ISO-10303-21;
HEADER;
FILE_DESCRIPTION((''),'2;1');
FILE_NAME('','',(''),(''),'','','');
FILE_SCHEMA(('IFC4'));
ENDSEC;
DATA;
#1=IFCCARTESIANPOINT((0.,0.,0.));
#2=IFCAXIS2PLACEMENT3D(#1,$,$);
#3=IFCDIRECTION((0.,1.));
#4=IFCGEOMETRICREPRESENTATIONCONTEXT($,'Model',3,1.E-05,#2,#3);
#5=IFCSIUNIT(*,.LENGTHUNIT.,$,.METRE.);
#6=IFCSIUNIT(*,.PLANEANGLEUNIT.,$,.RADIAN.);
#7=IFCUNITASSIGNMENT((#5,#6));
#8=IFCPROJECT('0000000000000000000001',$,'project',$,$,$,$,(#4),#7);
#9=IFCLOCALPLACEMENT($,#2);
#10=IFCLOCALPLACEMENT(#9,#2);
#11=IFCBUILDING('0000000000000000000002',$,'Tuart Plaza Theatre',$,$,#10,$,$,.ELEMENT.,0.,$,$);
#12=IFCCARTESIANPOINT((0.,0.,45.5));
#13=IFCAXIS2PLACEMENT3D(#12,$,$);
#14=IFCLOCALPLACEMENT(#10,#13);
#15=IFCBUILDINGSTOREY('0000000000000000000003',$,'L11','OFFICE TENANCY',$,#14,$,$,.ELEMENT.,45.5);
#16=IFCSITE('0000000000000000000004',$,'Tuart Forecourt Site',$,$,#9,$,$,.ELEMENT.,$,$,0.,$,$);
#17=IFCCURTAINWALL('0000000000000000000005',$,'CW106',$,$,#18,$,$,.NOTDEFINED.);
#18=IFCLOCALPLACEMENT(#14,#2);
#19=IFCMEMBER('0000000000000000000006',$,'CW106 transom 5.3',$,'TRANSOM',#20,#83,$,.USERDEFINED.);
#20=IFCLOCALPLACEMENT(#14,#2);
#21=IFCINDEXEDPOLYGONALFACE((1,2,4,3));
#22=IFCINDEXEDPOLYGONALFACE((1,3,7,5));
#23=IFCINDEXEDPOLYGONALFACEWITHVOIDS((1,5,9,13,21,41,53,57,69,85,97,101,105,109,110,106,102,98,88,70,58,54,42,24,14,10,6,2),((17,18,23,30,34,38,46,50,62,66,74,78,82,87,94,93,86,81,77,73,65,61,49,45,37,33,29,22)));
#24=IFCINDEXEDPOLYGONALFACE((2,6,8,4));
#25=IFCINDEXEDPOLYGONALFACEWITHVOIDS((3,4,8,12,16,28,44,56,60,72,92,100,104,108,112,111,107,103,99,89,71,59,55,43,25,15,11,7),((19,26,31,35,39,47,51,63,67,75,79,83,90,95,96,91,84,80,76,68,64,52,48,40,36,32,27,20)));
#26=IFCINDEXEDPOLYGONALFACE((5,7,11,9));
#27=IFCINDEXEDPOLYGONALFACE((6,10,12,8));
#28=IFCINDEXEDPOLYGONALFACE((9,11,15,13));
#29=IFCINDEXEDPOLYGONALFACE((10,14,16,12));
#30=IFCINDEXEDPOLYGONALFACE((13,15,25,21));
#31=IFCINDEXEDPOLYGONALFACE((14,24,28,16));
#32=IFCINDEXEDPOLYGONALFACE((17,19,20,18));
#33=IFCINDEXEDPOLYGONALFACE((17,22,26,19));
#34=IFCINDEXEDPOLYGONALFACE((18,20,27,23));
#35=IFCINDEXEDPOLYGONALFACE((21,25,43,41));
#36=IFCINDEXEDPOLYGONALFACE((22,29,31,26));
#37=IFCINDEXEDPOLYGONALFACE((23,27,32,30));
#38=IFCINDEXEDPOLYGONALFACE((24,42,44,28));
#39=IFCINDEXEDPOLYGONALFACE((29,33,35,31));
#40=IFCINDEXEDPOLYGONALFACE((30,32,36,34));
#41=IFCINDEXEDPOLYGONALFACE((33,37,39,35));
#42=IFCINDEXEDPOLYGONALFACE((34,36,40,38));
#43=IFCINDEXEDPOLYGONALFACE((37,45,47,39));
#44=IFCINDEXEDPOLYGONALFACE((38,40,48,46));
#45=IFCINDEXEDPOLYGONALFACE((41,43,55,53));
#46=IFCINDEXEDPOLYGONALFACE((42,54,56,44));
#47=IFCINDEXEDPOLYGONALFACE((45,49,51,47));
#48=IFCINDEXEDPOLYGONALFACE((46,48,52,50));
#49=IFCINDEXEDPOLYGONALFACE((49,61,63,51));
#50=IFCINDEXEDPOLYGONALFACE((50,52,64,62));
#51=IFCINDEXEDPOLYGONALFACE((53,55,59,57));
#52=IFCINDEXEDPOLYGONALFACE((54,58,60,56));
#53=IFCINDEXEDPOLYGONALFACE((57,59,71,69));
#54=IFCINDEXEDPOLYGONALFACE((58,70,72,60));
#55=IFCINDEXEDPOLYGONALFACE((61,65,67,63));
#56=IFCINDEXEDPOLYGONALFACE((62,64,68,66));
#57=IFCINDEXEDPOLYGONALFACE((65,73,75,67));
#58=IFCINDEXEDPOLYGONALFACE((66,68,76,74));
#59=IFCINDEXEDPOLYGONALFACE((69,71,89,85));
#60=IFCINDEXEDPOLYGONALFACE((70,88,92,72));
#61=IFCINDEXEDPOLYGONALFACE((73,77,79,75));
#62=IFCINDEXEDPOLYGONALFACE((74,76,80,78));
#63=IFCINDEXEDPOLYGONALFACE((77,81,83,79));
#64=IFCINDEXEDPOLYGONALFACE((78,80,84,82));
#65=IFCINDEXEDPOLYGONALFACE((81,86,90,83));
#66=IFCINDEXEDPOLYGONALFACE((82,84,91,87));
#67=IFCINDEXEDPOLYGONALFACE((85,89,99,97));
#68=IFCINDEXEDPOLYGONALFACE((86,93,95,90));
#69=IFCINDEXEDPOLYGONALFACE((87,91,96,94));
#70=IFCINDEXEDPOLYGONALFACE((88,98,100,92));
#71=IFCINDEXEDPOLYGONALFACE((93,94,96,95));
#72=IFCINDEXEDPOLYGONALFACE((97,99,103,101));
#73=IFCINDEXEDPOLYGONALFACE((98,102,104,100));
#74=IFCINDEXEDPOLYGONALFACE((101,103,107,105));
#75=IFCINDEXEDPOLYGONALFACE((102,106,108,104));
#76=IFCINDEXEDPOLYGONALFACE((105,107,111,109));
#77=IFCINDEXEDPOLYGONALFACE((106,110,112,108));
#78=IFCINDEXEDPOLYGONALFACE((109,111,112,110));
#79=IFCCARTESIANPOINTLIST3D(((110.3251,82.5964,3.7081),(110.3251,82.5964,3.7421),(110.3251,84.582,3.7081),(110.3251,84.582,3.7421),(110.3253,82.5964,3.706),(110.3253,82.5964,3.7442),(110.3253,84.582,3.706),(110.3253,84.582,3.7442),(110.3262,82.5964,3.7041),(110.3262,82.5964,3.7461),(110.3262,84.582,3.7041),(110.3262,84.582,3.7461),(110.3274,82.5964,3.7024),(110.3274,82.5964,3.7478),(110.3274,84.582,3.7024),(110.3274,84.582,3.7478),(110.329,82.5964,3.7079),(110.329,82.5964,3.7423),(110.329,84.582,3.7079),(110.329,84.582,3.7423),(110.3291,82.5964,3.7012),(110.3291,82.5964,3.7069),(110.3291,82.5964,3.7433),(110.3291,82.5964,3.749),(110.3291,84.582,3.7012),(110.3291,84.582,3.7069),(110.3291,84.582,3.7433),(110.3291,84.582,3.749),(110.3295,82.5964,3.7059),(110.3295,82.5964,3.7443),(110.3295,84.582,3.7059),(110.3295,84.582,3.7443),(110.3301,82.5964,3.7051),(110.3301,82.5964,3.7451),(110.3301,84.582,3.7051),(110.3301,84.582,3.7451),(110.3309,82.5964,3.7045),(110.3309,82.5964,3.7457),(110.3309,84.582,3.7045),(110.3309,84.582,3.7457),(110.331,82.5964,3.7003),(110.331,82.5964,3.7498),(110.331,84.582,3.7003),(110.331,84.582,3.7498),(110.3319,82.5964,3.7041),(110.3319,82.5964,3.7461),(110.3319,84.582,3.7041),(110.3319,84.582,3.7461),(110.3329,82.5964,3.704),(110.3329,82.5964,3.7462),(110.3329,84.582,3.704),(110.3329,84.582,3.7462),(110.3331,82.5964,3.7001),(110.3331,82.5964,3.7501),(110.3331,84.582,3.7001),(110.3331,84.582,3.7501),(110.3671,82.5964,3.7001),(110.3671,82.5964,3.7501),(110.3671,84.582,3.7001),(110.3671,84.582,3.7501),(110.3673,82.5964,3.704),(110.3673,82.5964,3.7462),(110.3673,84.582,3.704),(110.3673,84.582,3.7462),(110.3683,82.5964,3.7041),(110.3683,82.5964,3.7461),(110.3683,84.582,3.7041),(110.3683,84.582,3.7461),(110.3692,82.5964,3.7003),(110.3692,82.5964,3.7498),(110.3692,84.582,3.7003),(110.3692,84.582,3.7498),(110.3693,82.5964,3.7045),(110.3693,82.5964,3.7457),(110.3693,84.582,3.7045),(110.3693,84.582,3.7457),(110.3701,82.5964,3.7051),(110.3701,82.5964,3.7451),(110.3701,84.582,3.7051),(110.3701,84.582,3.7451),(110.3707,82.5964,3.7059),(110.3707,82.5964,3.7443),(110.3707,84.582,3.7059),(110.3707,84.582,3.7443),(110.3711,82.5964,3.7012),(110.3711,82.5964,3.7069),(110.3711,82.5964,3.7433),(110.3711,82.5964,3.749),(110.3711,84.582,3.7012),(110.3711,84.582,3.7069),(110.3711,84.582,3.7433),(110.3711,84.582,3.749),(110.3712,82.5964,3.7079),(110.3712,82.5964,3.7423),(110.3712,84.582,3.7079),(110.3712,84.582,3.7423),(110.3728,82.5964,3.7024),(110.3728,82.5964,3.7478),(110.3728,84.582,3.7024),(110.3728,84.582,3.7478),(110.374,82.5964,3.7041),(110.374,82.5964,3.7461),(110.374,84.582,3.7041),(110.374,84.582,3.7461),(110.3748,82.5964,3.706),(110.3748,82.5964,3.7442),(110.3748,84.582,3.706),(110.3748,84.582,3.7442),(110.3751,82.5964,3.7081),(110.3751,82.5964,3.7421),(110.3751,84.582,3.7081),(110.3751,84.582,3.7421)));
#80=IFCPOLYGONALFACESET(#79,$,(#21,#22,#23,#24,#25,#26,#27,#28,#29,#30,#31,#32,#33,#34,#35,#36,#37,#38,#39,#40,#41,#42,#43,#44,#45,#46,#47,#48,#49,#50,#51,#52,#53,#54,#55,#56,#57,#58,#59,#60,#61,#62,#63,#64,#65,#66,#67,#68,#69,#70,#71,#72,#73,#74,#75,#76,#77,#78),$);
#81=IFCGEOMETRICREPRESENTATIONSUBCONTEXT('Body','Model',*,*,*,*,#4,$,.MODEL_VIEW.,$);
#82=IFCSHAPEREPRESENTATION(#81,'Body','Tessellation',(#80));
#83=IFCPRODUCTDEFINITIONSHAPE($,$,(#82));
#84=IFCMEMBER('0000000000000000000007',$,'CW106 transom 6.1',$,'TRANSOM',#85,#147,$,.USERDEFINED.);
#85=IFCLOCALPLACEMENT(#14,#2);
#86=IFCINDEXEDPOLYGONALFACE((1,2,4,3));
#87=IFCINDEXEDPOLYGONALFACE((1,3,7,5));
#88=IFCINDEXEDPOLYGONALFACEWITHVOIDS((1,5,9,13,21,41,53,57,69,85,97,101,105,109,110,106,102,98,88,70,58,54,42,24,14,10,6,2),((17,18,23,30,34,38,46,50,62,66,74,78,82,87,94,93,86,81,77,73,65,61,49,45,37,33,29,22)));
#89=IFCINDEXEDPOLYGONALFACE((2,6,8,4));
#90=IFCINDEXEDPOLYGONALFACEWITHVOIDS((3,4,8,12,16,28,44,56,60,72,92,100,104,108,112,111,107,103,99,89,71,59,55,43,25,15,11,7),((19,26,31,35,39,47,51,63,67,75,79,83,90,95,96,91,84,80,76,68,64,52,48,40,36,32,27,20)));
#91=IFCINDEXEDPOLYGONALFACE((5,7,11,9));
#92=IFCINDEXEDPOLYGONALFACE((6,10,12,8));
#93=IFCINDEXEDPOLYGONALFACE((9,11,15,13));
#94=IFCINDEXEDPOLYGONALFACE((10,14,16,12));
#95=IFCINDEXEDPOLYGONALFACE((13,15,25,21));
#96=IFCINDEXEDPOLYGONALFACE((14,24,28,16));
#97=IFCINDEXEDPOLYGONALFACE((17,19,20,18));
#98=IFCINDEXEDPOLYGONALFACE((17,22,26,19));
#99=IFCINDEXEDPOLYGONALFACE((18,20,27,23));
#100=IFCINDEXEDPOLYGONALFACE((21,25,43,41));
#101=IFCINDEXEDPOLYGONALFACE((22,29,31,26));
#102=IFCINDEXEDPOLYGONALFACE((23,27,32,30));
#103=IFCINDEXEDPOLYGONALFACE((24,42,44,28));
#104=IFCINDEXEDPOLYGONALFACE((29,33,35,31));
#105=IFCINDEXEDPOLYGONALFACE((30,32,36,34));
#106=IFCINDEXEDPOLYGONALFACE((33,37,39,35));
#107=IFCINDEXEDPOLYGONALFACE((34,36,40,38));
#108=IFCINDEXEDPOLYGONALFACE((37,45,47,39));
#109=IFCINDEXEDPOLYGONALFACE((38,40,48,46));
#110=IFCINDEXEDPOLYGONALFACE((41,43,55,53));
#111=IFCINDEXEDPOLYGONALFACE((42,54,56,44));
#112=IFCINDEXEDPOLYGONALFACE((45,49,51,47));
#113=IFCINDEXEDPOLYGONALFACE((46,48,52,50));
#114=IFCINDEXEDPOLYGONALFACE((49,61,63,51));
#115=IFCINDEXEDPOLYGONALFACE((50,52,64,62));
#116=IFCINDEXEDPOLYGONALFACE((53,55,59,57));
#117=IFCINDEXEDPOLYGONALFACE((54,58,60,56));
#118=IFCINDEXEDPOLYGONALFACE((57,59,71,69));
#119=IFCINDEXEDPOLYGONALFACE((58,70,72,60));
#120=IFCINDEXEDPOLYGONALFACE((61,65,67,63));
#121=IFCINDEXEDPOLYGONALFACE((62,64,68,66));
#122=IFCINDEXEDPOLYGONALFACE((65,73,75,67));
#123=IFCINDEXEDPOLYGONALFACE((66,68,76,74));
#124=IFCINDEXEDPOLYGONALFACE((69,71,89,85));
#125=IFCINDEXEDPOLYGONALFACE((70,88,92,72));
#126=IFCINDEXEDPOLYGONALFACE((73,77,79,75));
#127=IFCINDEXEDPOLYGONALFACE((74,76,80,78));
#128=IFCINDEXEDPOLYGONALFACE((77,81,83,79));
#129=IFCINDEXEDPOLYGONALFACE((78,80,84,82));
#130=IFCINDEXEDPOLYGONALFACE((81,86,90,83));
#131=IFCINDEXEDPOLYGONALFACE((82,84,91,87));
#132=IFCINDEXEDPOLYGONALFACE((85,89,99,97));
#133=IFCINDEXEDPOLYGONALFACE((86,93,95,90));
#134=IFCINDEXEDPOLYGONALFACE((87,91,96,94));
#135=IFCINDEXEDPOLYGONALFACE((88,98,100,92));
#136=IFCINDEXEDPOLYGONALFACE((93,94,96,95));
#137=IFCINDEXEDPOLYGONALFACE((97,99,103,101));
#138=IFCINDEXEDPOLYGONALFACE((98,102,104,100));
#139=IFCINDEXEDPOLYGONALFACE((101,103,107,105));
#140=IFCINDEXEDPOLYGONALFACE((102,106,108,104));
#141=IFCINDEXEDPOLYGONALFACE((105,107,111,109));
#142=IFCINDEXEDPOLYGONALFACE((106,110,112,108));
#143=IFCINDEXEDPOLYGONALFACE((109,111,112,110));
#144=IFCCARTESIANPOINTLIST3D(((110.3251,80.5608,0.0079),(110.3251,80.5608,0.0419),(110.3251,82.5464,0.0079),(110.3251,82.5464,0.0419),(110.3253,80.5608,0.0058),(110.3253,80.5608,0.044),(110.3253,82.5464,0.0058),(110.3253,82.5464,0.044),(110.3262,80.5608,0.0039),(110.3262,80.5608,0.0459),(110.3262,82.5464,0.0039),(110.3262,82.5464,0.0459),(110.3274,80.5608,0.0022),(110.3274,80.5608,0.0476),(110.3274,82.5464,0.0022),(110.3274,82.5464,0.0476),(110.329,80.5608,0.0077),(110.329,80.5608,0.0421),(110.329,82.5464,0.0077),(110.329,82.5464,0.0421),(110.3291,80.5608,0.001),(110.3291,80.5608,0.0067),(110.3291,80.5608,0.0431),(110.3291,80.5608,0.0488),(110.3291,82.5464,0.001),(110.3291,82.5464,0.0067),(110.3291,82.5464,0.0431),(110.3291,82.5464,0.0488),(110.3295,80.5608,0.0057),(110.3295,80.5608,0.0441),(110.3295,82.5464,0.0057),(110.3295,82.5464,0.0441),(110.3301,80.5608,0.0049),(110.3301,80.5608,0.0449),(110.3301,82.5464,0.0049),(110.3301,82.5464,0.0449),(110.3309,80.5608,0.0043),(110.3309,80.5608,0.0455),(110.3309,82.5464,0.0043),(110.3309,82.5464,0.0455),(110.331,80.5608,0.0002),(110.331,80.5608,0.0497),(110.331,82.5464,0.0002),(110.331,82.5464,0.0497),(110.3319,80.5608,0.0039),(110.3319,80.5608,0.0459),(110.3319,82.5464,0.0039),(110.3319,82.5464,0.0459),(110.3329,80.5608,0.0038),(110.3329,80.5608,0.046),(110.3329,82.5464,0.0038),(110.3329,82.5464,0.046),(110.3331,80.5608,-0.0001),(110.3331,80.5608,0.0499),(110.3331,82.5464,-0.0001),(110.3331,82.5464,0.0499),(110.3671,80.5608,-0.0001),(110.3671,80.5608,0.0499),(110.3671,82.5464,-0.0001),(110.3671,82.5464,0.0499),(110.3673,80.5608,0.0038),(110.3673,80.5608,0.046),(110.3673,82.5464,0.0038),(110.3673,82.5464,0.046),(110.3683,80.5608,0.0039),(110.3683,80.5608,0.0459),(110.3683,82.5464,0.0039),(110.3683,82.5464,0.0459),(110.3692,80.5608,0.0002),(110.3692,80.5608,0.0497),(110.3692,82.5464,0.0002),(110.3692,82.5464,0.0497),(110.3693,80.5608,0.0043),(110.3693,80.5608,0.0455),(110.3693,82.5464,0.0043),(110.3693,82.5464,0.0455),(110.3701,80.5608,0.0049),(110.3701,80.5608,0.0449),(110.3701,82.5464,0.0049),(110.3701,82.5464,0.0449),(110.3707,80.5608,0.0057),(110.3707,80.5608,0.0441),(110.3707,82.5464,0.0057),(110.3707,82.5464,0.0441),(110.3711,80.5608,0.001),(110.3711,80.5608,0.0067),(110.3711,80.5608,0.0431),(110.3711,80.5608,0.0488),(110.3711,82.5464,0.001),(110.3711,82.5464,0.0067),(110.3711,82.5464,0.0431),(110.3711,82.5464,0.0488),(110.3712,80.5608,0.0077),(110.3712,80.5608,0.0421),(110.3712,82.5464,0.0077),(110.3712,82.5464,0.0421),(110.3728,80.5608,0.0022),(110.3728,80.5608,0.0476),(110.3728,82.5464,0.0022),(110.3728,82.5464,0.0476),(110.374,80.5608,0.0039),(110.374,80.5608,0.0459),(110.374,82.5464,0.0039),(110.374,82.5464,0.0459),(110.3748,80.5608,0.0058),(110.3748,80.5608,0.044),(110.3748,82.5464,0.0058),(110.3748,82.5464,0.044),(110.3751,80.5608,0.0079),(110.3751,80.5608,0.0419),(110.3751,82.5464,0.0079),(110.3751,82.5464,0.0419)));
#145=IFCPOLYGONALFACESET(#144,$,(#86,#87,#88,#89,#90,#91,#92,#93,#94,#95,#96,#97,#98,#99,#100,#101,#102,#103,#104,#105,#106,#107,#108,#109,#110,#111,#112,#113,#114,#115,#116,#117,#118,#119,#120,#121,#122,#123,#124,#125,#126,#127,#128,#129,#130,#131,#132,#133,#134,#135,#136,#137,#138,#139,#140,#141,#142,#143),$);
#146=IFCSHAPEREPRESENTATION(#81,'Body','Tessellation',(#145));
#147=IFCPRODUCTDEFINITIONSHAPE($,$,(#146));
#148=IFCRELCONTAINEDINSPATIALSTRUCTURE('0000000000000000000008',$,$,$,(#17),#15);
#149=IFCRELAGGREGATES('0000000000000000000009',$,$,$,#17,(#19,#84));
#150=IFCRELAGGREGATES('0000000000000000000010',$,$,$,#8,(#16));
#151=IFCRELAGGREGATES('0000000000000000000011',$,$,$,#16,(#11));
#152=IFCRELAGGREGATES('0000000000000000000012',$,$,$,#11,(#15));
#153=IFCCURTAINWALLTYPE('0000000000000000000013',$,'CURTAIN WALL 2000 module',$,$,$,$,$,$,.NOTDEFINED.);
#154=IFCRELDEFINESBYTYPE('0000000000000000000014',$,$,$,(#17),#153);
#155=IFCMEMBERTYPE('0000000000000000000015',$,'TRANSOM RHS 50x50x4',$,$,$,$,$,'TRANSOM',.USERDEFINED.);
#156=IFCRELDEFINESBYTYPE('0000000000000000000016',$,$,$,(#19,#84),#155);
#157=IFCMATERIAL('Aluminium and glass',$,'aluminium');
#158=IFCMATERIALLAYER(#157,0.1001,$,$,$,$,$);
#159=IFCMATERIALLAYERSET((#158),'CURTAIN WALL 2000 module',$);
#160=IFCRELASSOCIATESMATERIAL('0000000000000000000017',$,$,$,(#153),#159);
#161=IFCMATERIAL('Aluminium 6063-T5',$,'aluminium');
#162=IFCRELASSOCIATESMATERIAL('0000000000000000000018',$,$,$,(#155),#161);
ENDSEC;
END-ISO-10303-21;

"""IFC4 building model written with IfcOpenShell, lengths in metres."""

from ifc_helpers import new_model, si_unit, direction, frame, origin, origin_2d, place, context, subcontext, project, spatial, hollow_rectangle, extrude, material, layer, layer_set, material_profile, profile_set, type_object, element, aggregate, save


model = new_model("IFC4")

# Units and contexts
model_context = context("Model", 3, precision=1e-05, world=origin(), true_north=direction((0.0, 1.0)))
body_context = subcontext(model_context, "Body", "Model", "MODEL_VIEW")
ifc_project = project(units=[si_unit("LENGTHUNIT", "METRE"), si_unit("PLANEANGLEUNIT", "RADIAN")], contexts=[model_context])

# Site, building, storey
site_placement = place(None, origin())
site = spatial("IfcSite", under=ifc_project, at=site_placement, Name="Tuart Forecourt Site", CompositionType="ELEMENT", RefElevation=0.0)
building_placement = place(site_placement, origin())
building = spatial("IfcBuilding", under=site, at=building_placement, Name="Tuart Plaza Theatre", CompositionType="ELEMENT", ElevationOfRefHeight=0.0)
storey_placement = place(building_placement, frame((0.0, 0.0, 45.5)))
storey = spatial("IfcBuildingStorey", under=building, at=storey_placement, Name="L11", Description="OFFICE TENANCY", CompositionType="ELEMENT", Elevation=45.5)

# Curtain wall, members
ifc_material_1 = material(Name="Aluminium and glass", Category="aluminium")
ifc_layer_1 = layer(ifc_material_1, 0.1001)
ifc_layer_set_1 = layer_set([ifc_layer_1], Name="CURTAIN WALL 2000 module")
curtain_wall_type = type_object("IfcCurtainWallType", Name="CURTAIN WALL 2000 module", PredefinedType="NOTDEFINED", material=ifc_layer_set_1)
curtain_wall_placement = place(storey_placement, origin())
curtain_wall = element("IfcCurtainWall", 1, at=curtain_wall_placement, inside=storey, type_object=curtain_wall_type, Name="CW106", PredefinedType="NOTDEFINED")
ifc_material_2 = material(Name="Aluminium 6063-T5", Category="aluminium")
ifc_material_profile = material_profile(ifc_material_2, hollow_rectangle(XDim=0.05, YDim=0.05, WallThickness=0.0039, InnerFilletRadius=0.0039, OuterFilletRadius=0.0081, at=origin_2d()), Name="RHS 50x50x4")
ifc_profile_set = profile_set([ifc_material_profile], Name="Aluminium 6063-T5")
member_type = type_object("IfcMemberType", Name="TRANSOM RHS 50x50x4", ElementType="TRANSOM", PredefinedType="USERDEFINED", material=ifc_profile_set)
member_1_placement = place(storey_placement, frame((110.3501, 84.582, 3.7251), z_axis=(0.0, -1.0, 0.0), x_axis=(1.0, 0.0, 0.0)))
member_1 = element("IfcMember", 2, at=member_1_placement, type_object=member_type, Name="CW106 transom 5.3", ObjectType="TRANSOM", PredefinedType="USERDEFINED", context=body_context, shape_type="SweptSolid", body=[
    extrude(hollow_rectangle(XDim=0.05, YDim=0.05, WallThickness=0.0039, InnerFilletRadius=0.0039, OuterFilletRadius=0.0081, at=origin_2d()), origin(), (0.0, 0.0, 1.0), 1.9856),
])
member_2_placement = place(storey_placement, frame((110.3501, 82.5464, 0.0249), z_axis=(0.0, -1.0, 0.0), x_axis=(1.0, 0.0, 0.0)))
member_2 = element("IfcMember", 3, at=member_2_placement, type_object=member_type, Name="CW106 transom 6.1", ObjectType="TRANSOM", PredefinedType="USERDEFINED", context=body_context, shape_type="SweptSolid", body=[
    extrude(hollow_rectangle(XDim=0.05, YDim=0.05, WallThickness=0.0039, InnerFilletRadius=0.0039, OuterFilletRadius=0.0081, at=origin_2d()), origin(), (0.0, 0.0, 1.0), 1.9856),
])
aggregate(curtain_wall, [member_1, member_2])

save(model, "model.ifc")
